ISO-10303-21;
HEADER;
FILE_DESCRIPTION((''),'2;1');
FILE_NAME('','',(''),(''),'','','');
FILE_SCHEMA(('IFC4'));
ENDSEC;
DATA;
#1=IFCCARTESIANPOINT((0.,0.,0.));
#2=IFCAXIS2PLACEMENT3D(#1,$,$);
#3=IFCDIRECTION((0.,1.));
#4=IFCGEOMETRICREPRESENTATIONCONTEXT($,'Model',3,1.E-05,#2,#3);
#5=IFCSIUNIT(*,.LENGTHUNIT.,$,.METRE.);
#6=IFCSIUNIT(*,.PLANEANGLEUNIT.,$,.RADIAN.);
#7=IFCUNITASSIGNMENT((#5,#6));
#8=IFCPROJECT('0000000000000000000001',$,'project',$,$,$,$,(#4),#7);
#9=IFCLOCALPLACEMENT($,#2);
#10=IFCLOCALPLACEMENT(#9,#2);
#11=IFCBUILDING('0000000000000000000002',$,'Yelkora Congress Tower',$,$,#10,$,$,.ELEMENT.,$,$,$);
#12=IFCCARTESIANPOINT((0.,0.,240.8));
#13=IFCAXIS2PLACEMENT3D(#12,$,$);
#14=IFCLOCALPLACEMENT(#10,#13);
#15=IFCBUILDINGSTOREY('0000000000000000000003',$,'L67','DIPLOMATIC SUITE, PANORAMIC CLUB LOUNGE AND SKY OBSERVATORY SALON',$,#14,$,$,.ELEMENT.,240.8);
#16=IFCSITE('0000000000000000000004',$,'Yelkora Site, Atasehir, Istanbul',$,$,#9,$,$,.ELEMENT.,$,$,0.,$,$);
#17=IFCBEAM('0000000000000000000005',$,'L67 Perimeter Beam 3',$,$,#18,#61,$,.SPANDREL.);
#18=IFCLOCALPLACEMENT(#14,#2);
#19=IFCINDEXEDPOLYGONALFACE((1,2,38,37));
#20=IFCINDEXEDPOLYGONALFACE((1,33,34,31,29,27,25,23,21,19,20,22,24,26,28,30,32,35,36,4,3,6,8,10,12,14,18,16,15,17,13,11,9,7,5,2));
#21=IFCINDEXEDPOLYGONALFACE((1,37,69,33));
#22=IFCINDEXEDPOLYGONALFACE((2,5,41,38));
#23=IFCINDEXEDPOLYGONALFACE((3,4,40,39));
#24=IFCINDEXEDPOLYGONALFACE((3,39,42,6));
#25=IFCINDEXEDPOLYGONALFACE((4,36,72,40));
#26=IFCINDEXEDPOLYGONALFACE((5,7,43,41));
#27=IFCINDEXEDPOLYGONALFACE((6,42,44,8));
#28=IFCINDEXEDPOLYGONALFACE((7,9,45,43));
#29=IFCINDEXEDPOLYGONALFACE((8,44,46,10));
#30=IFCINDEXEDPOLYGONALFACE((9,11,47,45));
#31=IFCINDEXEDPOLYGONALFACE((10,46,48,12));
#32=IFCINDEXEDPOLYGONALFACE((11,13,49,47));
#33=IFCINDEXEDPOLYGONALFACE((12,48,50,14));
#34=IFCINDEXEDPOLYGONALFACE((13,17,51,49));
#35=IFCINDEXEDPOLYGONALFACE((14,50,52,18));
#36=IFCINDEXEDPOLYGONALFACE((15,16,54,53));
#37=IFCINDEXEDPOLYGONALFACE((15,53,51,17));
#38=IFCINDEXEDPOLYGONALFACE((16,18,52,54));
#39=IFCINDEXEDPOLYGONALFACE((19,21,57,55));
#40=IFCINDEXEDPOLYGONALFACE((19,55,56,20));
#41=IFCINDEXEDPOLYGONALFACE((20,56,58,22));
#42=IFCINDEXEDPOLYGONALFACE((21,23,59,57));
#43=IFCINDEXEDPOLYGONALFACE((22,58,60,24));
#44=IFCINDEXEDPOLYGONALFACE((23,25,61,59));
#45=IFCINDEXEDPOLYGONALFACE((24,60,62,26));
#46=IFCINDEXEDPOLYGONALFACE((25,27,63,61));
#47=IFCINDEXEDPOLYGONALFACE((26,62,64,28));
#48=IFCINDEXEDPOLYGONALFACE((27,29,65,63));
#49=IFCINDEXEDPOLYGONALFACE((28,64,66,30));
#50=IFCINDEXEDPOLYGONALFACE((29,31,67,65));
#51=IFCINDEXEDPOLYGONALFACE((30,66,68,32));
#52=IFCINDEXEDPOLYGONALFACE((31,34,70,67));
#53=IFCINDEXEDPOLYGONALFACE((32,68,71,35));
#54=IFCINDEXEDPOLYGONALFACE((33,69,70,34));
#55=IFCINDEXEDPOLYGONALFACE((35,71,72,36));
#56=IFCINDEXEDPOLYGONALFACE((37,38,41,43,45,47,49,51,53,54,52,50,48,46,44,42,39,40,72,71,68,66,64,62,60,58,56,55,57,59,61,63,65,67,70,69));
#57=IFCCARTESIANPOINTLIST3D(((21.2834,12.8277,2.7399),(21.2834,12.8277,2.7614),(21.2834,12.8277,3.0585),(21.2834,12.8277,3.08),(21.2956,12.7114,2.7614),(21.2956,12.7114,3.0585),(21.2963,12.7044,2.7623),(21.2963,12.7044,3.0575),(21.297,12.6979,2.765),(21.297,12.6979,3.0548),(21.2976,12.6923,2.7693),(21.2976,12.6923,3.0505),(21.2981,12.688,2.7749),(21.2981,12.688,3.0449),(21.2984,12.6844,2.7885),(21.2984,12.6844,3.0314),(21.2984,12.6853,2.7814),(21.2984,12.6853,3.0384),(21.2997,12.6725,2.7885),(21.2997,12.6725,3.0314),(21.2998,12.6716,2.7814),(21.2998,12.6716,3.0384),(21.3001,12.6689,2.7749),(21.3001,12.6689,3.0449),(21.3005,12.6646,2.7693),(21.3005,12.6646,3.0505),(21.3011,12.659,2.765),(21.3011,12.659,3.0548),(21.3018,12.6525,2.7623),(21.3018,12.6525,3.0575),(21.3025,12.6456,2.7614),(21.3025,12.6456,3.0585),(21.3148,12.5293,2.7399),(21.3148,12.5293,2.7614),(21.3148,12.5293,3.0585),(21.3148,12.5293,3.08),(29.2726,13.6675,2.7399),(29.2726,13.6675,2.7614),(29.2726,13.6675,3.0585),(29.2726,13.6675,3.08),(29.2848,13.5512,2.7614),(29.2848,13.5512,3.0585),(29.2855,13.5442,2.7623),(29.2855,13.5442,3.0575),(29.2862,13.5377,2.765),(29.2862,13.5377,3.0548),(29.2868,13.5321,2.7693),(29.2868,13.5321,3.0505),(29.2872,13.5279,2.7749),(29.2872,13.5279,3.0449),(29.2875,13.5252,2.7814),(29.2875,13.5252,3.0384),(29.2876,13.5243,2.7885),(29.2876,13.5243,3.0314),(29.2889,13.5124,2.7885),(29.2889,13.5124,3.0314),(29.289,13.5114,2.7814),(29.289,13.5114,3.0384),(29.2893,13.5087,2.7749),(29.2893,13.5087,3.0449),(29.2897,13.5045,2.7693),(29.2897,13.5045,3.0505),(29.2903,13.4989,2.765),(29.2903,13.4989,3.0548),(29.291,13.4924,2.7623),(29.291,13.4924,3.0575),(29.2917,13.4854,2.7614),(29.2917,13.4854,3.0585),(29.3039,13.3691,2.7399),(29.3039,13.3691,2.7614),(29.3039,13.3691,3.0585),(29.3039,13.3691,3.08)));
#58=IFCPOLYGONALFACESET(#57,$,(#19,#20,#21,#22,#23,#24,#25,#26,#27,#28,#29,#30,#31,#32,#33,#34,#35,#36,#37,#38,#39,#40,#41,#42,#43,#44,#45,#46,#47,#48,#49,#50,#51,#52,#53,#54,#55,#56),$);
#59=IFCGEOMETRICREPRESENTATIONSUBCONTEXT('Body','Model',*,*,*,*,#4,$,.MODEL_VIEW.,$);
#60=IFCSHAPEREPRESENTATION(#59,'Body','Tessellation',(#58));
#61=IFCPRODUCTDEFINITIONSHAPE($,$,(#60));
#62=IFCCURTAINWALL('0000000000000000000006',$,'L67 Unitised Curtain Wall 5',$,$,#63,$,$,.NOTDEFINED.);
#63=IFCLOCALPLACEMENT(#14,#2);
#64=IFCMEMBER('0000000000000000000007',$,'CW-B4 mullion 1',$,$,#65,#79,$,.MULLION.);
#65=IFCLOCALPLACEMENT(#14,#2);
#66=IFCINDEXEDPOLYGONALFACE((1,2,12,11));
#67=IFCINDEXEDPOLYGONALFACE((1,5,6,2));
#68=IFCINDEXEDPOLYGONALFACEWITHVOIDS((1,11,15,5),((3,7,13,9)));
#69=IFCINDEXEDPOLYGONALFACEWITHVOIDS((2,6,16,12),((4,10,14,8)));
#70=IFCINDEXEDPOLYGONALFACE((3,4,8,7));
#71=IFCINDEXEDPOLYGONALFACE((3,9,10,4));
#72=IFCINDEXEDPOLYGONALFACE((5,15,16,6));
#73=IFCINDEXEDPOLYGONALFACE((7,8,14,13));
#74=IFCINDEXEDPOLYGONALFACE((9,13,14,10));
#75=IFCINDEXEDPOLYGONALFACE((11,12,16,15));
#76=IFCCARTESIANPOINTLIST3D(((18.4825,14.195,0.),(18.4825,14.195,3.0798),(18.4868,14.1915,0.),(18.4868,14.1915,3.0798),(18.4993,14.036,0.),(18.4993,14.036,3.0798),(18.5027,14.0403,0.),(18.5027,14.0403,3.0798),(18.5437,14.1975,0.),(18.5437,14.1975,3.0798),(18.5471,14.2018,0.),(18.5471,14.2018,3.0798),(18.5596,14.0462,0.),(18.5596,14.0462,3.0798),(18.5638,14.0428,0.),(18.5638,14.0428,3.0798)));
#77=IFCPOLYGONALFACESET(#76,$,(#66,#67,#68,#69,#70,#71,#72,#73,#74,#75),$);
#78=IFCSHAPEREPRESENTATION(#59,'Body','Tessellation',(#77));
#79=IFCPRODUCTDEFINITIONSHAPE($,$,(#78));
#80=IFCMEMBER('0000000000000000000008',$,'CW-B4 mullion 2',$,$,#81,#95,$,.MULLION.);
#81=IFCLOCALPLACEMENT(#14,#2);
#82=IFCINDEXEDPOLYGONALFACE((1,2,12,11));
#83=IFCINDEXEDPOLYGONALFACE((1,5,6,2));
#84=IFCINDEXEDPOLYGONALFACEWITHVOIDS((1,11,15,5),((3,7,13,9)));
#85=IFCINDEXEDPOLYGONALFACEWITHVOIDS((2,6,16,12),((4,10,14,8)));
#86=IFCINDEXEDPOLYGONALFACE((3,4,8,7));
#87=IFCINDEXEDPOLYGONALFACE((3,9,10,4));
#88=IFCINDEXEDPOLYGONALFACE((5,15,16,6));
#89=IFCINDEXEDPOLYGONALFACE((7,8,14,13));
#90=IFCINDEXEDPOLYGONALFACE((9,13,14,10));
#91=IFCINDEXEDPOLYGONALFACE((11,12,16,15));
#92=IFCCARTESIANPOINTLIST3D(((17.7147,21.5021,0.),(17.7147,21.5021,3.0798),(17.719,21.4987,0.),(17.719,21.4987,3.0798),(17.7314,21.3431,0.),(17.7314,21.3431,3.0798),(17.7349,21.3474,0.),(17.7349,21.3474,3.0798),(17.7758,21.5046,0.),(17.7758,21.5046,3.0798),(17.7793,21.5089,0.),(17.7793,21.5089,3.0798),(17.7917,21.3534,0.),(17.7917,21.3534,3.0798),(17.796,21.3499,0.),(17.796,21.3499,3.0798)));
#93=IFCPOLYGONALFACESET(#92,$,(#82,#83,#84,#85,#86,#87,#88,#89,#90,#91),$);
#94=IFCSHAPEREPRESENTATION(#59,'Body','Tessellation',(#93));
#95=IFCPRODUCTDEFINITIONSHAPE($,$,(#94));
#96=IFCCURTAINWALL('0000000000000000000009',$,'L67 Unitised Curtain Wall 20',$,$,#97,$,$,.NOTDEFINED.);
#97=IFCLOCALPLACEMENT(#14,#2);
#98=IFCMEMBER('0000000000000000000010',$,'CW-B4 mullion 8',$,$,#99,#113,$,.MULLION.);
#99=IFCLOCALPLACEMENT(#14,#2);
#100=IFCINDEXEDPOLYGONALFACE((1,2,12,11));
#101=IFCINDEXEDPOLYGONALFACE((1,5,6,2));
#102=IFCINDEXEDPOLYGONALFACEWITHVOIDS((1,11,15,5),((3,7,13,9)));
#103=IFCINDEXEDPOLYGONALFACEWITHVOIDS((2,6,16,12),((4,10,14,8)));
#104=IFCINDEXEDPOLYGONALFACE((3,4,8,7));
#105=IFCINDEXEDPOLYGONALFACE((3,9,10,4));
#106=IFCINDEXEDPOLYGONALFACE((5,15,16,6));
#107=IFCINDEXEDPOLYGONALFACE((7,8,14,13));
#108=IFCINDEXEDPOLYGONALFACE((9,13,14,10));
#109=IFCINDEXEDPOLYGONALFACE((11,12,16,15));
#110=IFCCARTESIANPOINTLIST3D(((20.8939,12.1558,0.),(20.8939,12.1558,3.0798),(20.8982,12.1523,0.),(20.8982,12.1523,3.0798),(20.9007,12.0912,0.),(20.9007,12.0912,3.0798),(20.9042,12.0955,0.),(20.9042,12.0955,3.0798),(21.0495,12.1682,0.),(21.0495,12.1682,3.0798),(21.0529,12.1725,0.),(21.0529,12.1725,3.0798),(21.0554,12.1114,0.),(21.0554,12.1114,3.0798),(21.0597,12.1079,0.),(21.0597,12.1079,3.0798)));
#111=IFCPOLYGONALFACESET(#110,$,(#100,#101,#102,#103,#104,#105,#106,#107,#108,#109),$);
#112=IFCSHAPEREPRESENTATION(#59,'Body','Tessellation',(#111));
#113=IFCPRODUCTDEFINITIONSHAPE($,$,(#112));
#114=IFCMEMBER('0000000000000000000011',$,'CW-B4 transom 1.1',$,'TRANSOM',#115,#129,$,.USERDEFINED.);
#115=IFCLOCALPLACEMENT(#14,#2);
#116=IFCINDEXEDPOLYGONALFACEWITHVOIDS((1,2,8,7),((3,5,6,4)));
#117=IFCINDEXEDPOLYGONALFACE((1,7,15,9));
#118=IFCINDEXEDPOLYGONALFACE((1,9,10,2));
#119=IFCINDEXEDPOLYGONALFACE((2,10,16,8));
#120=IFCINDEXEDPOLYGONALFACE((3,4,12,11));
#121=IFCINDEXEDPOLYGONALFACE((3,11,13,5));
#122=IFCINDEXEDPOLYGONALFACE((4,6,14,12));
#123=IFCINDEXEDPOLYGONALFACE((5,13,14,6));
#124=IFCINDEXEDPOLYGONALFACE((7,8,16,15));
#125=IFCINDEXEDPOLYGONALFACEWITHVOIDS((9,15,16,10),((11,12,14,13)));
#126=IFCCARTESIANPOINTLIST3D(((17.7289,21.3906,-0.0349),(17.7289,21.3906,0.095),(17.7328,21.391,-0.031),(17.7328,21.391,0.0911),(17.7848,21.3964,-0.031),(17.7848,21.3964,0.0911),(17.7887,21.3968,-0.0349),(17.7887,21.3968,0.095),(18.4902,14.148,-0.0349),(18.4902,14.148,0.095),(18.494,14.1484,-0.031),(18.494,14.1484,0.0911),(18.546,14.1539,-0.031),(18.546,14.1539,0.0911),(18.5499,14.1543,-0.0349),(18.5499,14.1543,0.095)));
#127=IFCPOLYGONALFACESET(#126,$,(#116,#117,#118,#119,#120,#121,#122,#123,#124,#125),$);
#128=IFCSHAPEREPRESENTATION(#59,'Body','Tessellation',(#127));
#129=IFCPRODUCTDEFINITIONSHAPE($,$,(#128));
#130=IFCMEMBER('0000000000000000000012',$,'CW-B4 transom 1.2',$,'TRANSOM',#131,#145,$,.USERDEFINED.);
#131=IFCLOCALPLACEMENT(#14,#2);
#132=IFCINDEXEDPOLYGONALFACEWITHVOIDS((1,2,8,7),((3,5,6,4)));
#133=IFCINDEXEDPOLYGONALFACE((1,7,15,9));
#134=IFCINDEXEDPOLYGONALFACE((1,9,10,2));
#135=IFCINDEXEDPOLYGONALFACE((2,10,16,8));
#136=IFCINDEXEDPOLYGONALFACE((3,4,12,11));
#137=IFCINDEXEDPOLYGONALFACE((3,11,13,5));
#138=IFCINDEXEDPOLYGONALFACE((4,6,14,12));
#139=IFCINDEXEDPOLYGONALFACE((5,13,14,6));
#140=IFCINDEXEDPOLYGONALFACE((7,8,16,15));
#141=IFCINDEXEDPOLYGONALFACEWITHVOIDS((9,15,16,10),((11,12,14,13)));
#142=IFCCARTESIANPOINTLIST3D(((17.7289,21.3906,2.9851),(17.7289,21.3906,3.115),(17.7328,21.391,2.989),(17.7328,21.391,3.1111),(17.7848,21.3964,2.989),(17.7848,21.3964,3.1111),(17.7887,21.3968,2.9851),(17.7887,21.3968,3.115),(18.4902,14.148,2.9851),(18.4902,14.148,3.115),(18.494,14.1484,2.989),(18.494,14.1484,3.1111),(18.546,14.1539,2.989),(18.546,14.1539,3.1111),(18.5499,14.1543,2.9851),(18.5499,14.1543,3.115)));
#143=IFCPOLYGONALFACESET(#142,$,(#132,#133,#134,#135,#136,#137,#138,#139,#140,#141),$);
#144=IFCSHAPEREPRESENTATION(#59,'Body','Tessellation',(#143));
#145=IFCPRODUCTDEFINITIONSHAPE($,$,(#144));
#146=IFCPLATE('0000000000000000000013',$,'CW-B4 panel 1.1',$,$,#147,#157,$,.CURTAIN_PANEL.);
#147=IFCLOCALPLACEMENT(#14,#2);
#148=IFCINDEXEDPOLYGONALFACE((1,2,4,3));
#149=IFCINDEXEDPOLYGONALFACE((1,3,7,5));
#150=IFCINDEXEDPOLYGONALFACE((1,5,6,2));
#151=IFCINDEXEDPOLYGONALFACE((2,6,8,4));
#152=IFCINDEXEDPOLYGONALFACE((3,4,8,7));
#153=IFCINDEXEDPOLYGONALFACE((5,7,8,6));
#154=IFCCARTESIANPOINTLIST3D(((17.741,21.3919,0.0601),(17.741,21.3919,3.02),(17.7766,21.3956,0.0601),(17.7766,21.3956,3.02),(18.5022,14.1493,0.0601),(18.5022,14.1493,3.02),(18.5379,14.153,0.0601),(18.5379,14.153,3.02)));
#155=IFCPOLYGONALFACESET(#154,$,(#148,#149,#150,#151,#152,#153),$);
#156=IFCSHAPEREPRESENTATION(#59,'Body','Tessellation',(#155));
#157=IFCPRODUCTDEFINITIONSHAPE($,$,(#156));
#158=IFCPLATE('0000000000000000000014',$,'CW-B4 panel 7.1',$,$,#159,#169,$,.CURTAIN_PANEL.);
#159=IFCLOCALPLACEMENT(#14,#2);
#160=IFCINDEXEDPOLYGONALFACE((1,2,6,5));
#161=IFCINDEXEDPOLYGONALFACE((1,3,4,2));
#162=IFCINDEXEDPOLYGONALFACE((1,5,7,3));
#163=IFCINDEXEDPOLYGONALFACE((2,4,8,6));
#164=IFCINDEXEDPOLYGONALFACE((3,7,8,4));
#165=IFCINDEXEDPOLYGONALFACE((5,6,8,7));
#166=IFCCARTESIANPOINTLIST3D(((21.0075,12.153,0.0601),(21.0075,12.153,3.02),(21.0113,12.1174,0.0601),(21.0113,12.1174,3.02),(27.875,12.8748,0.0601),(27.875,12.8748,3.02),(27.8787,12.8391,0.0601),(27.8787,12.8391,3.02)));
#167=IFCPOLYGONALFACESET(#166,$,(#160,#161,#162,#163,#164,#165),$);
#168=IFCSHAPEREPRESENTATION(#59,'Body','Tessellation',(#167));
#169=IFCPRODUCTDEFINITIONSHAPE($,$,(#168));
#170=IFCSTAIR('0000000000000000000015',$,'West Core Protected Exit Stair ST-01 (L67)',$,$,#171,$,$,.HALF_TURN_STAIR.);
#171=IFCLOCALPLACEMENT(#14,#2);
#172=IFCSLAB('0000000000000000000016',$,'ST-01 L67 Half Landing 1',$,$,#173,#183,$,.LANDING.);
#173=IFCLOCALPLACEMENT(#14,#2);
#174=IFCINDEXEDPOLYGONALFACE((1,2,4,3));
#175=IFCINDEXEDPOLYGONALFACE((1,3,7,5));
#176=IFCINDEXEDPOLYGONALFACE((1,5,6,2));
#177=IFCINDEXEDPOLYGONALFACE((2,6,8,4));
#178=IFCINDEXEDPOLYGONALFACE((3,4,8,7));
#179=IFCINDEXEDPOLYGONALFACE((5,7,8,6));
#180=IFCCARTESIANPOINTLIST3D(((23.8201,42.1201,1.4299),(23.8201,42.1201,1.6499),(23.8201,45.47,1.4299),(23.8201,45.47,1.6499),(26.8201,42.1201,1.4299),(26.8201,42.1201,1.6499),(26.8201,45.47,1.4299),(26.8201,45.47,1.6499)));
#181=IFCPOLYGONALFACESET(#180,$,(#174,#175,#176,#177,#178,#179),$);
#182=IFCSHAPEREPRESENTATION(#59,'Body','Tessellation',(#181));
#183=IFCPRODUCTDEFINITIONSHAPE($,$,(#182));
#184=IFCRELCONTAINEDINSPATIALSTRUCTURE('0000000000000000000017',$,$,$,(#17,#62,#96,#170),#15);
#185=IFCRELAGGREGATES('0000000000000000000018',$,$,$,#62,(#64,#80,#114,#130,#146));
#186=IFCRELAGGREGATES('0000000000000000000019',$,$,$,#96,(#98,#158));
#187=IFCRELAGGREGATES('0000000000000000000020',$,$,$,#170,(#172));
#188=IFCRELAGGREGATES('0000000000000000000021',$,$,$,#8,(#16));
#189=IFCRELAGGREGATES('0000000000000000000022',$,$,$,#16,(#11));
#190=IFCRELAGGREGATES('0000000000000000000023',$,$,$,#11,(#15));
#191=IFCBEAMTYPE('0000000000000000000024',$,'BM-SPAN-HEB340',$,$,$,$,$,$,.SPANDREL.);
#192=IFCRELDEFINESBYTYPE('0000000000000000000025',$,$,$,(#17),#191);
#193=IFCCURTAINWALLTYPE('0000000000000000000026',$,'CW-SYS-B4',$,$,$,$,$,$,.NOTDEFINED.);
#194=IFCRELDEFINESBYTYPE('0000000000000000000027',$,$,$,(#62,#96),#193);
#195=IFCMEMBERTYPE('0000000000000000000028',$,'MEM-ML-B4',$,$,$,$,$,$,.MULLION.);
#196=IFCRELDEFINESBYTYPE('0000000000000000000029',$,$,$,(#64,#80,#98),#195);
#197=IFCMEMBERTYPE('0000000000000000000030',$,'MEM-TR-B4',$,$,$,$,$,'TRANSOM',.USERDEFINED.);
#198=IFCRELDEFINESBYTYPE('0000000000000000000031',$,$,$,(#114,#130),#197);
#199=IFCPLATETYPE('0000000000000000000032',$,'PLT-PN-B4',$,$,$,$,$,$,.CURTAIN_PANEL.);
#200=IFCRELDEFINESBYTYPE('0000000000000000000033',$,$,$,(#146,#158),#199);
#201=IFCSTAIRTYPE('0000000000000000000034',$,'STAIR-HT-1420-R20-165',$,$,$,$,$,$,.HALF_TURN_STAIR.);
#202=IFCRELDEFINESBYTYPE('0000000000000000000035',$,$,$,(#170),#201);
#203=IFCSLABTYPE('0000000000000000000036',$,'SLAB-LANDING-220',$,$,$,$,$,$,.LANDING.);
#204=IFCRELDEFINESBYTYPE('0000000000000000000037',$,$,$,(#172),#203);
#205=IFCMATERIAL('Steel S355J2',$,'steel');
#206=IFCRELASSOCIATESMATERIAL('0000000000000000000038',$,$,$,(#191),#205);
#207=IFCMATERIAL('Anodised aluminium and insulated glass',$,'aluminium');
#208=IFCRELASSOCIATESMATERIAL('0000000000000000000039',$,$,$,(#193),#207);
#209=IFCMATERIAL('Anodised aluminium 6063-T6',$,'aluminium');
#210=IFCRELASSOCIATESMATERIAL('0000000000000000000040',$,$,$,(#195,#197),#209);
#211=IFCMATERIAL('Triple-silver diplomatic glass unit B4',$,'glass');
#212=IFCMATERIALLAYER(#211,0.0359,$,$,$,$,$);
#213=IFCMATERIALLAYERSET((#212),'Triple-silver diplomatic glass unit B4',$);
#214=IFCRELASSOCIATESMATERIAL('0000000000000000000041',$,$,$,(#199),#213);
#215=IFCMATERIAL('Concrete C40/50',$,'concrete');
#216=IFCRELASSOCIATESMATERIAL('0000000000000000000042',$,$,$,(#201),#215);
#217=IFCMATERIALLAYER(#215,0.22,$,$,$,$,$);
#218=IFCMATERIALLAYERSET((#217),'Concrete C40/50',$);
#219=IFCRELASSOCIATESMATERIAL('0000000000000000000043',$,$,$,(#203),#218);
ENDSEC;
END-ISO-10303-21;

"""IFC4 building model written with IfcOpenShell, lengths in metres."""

from ifc_helpers import new_model, si_unit, direction, frame, origin, origin_2d, place, context, subcontext, project, spatial, polyline, rectangle, hollow_rectangle, i_section, outline, extrude, material, layer, layer_set, material_profile, profile_set, type_object, element, aggregate, save


model = new_model("IFC4")

# Units and contexts
model_context = context("Model", 3, precision=1e-05, world=origin(), true_north=direction((0.0, 1.0)))
body_context = subcontext(model_context, "Body", "Model", "MODEL_VIEW")
ifc_project = project(units=[si_unit("LENGTHUNIT", "METRE"), si_unit("PLANEANGLEUNIT", "RADIAN")], contexts=[model_context])

# Site, building, storey
site_placement = place(None, origin())
site = spatial("IfcSite", under=ifc_project, at=site_placement, Name="Yelkora Site, Atasehir, Istanbul", CompositionType="ELEMENT", RefElevation=0.0)
building_placement = place(site_placement, origin())
building = spatial("IfcBuilding", under=site, at=building_placement, Name="Yelkora Congress Tower", CompositionType="ELEMENT")
storey_placement = place(building_placement, frame((0.0, 0.0, 240.8)))
storey = spatial("IfcBuildingStorey", under=building, at=storey_placement, Name="L67", Description="DIPLOMATIC SUITE, PANORAMIC CLUB LOUNGE AND SKY OBSERVATORY SALON", CompositionType="ELEMENT", Elevation=240.8)

# Shared definitions
ifc_material_1 = material(Name="Steel S355J2", Category="steel")

# Beam
ifc_material_profile_1 = material_profile(ifc_material_1, i_section(OverallWidth=0.3, OverallDepth=0.3401, WebThickness=0.012, FlangeThickness=0.0215, FilletRadius=0.0271, at=origin_2d()), Name="HEB 340")
ifc_profile_set_1 = profile_set([ifc_material_profile_1], Name="Steel S355J2")
beam_type_1 = type_object("IfcBeamType", Name="BM-SPAN-HEB340", PredefinedType="SPANDREL", material=ifc_profile_set_1)
beam_1_placement = place(storey_placement, frame((21.2991, 12.6785, 2.9099), z_axis=(0.99452, 0.104546, 0.0), x_axis=(-0.104546, 0.99452, 0.0)))
element("IfcBeam", 1, at=beam_1_placement, inside=storey, type_object=beam_type_1, Name="L67 Perimeter Beam 3", PredefinedType="SPANDREL", context=body_context, shape_type="SweptSolid", body=[
    extrude(i_section(OverallWidth=0.3, OverallDepth=0.3401, WebThickness=0.012, FlangeThickness=0.0215, FilletRadius=0.0271, at=origin_2d()), origin(), (0.0, 0.0, 1.0), 8.0332),
])

# Curtain wall, members
ifc_material_2 = material(Name="Anodised aluminium and insulated glass", Category="aluminium")
curtain_wall_type = type_object("IfcCurtainWallType", Name="CW-SYS-B4", PredefinedType="NOTDEFINED", material=ifc_material_2)
curtain_wall_1_placement = place(storey_placement, origin())
curtain_wall_1 = element("IfcCurtainWall", 2, at=curtain_wall_1_placement, inside=storey, type_object=curtain_wall_type, Name="L67 Unitised Curtain Wall 5", PredefinedType="NOTDEFINED")
ifc_material_3 = material(Name="Anodised aluminium 6063-T6", Category="aluminium")
ifc_material_profile_2 = material_profile(ifc_material_3, hollow_rectangle(XDim=0.0649, YDim=0.1599, WallThickness=0.0039, at=origin_2d()), Name="ALU 65x160x4")
ifc_profile_set_2 = profile_set([ifc_material_profile_2], Name="Anodised aluminium 6063-T6")
member_type_1 = type_object("IfcMemberType", Name="MEM-ML-B4", PredefinedType="MULLION", material=ifc_profile_set_2)
member_1_placement = place(storey_placement, frame((18.5232, 14.1189, 0.0), z_axis=(0.0, 0.0, 1.0), x_axis=(-0.994522, -0.104526, 0.0)))
member_1 = element("IfcMember", 3, at=member_1_placement, type_object=member_type_1, Name="CW-B4 mullion 1", PredefinedType="MULLION", context=body_context, shape_type="SweptSolid", body=[
    extrude(hollow_rectangle(XDim=0.0649, YDim=0.1599, WallThickness=0.0039, at=origin_2d()), origin(), (0.0, 0.0, 1.0), 3.0798),
])
member_2_placement = place(storey_placement, frame((17.7554, 21.426, 0.0), z_axis=(0.0, 0.0, 1.0), x_axis=(-0.994522, -0.104526, 0.0)))
member_2 = element("IfcMember", 4, at=member_2_placement, type_object=member_type_1, Name="CW-B4 mullion 2", PredefinedType="MULLION", context=body_context, shape_type="SweptSolid", body=[
    extrude(hollow_rectangle(XDim=0.0649, YDim=0.1599, WallThickness=0.0039, at=origin_2d()), origin(), (0.0, 0.0, 1.0), 3.0798),
])

# Curtain wall, member
curtain_wall_2_placement = place(storey_placement, origin())
curtain_wall_2 = element("IfcCurtainWall", 5, at=curtain_wall_2_placement, inside=storey, type_object=curtain_wall_type, Name="L67 Unitised Curtain Wall 20", PredefinedType="NOTDEFINED")
member_3_placement = place(storey_placement, frame((20.9768, 12.1318, 0.0), z_axis=(0.0, 0.0, 1.0), x_axis=(0.104527, -0.994522, 0.0)))
member_3 = element("IfcMember", 6, at=member_3_placement, type_object=member_type_1, Name="CW-B4 mullion 8", PredefinedType="MULLION", context=body_context, shape_type="SweptSolid", body=[
    extrude(hollow_rectangle(XDim=0.0649, YDim=0.1599, WallThickness=0.0039, at=origin_2d()), origin(), (0.0, 0.0, 1.0), 3.0798),
])

# Members
ifc_material_profile_3 = material_profile(ifc_material_3, hollow_rectangle(XDim=0.0601, YDim=0.1299, WallThickness=0.0039, at=origin_2d()), Name="ALU 60x130x4")
ifc_profile_set_3 = profile_set([ifc_material_profile_3], Name="Anodised aluminium 6063-T6")
member_type_2 = type_object("IfcMemberType", Name="MEM-TR-B4", ElementType="TRANSOM", PredefinedType="USERDEFINED", material=ifc_profile_set_3)
member_4_placement = place(storey_placement, frame((18.52, 14.1511, 0.03), z_axis=(-0.104528, 0.994522, 0.0), x_axis=(-0.994522, -0.104528, 0.0)))
member_4 = element("IfcMember", 7, at=member_4_placement, type_object=member_type_2, Name="CW-B4 transom 1.1", ObjectType="TRANSOM", PredefinedType="USERDEFINED", context=body_context, shape_type="SweptSolid", body=[
    extrude(hollow_rectangle(XDim=0.0601, YDim=0.1299, WallThickness=0.0039, at=origin_2d()), origin(), (0.0, 0.0, 1.0), 7.2825),
])
member_5_placement = place(storey_placement, frame((18.52, 14.1511, 3.05), z_axis=(-0.104528, 0.994522, 0.0), x_axis=(-0.994522, -0.104528, 0.0)))
member_5 = element("IfcMember", 8, at=member_5_placement, type_object=member_type_2, Name="CW-B4 transom 1.2", ObjectType="TRANSOM", PredefinedType="USERDEFINED", context=body_context, shape_type="SweptSolid", body=[
    extrude(hollow_rectangle(XDim=0.0601, YDim=0.1299, WallThickness=0.0039, at=origin_2d()), origin(), (0.0, 0.0, 1.0), 7.2825),
])

# Plates
ifc_material_4 = material(Name="Triple-silver diplomatic glass unit B4", Category="glass")
ifc_layer_1 = layer(ifc_material_4, 0.0359)
ifc_layer_set_1 = layer_set([ifc_layer_1], Name="Triple-silver diplomatic glass unit B4")
plate_type = type_object("IfcPlateType", Name="PLT-PN-B4", PredefinedType="CURTAIN_PANEL", material=ifc_layer_set_1)
plate_1_placement = place(storey_placement, frame((18.1394, 17.7725, 0.0601), z_axis=(0.0, 0.0, 1.0), x_axis=(-0.104526, 0.994522, 0.0)))
plate_1 = element("IfcPlate", 9, at=plate_1_placement, type_object=plate_type, Name="CW-B4 panel 1.1", PredefinedType="CURTAIN_PANEL", context=body_context, shape_type="SweptSolid", body=[
    extrude(rectangle(XDim=7.2825, YDim=0.0359, at=origin_2d()), origin(), (0.0, 0.0, 1.0), 2.96),
])
aggregate(curtain_wall_1, [member_1, member_2, member_4, member_5, plate_1])
plate_2_placement = place(storey_placement, frame((24.4431, 12.4961, 0.0601), z_axis=(0.0, 0.0, 1.0), x_axis=(-0.994522, -0.104527, 0.0)))
plate_2 = element("IfcPlate", 10, at=plate_2_placement, type_object=plate_type, Name="CW-B4 panel 7.1", PredefinedType="CURTAIN_PANEL", context=body_context, shape_type="SweptSolid", body=[
    extrude(rectangle(XDim=6.9053, YDim=0.0359, at=origin_2d()), origin(), (0.0, 0.0, 1.0), 2.96),
])
aggregate(curtain_wall_2, [member_3, plate_2])

# Stair, slab
ifc_material_5 = material(Name="Concrete C40/50", Category="concrete")
stair_type = type_object("IfcStairType", Name="STAIR-HT-1420-R20-165", PredefinedType="HALF_TURN_STAIR", material=ifc_material_5)
stair_1_placement = place(storey_placement, origin())
stair_1 = element("IfcStair", 11, at=stair_1_placement, inside=storey, type_object=stair_type, Name="West Core Protected Exit Stair ST-01 (L67)", PredefinedType="HALF_TURN_STAIR")
ifc_layer_2 = layer(ifc_material_5, 0.22)
ifc_layer_set_2 = layer_set([ifc_layer_2], Name="Concrete C40/50")
slab_type_1 = type_object("IfcSlabType", Name="SLAB-LANDING-220", PredefinedType="LANDING", material=ifc_layer_set_2)
slab_1_placement = place(storey_placement, frame((0.0, 0.0, 1.4299)))
slab_1 = element("IfcSlab", 12, at=slab_1_placement, type_object=slab_type_1, Name="ST-01 L67 Half Landing 1", PredefinedType="LANDING", context=body_context, shape_type="SweptSolid", body=[
    extrude(outline(polyline([(26.8201, 42.1201), (26.8201, 45.47), (23.8201, 45.47), (23.8201, 42.1201), (26.8201, 42.1201)])), origin(), (0.0, 0.0, 1.0), 0.22),
])
aggregate(stair_1, [slab_1])

save(model, "model.ifc")
